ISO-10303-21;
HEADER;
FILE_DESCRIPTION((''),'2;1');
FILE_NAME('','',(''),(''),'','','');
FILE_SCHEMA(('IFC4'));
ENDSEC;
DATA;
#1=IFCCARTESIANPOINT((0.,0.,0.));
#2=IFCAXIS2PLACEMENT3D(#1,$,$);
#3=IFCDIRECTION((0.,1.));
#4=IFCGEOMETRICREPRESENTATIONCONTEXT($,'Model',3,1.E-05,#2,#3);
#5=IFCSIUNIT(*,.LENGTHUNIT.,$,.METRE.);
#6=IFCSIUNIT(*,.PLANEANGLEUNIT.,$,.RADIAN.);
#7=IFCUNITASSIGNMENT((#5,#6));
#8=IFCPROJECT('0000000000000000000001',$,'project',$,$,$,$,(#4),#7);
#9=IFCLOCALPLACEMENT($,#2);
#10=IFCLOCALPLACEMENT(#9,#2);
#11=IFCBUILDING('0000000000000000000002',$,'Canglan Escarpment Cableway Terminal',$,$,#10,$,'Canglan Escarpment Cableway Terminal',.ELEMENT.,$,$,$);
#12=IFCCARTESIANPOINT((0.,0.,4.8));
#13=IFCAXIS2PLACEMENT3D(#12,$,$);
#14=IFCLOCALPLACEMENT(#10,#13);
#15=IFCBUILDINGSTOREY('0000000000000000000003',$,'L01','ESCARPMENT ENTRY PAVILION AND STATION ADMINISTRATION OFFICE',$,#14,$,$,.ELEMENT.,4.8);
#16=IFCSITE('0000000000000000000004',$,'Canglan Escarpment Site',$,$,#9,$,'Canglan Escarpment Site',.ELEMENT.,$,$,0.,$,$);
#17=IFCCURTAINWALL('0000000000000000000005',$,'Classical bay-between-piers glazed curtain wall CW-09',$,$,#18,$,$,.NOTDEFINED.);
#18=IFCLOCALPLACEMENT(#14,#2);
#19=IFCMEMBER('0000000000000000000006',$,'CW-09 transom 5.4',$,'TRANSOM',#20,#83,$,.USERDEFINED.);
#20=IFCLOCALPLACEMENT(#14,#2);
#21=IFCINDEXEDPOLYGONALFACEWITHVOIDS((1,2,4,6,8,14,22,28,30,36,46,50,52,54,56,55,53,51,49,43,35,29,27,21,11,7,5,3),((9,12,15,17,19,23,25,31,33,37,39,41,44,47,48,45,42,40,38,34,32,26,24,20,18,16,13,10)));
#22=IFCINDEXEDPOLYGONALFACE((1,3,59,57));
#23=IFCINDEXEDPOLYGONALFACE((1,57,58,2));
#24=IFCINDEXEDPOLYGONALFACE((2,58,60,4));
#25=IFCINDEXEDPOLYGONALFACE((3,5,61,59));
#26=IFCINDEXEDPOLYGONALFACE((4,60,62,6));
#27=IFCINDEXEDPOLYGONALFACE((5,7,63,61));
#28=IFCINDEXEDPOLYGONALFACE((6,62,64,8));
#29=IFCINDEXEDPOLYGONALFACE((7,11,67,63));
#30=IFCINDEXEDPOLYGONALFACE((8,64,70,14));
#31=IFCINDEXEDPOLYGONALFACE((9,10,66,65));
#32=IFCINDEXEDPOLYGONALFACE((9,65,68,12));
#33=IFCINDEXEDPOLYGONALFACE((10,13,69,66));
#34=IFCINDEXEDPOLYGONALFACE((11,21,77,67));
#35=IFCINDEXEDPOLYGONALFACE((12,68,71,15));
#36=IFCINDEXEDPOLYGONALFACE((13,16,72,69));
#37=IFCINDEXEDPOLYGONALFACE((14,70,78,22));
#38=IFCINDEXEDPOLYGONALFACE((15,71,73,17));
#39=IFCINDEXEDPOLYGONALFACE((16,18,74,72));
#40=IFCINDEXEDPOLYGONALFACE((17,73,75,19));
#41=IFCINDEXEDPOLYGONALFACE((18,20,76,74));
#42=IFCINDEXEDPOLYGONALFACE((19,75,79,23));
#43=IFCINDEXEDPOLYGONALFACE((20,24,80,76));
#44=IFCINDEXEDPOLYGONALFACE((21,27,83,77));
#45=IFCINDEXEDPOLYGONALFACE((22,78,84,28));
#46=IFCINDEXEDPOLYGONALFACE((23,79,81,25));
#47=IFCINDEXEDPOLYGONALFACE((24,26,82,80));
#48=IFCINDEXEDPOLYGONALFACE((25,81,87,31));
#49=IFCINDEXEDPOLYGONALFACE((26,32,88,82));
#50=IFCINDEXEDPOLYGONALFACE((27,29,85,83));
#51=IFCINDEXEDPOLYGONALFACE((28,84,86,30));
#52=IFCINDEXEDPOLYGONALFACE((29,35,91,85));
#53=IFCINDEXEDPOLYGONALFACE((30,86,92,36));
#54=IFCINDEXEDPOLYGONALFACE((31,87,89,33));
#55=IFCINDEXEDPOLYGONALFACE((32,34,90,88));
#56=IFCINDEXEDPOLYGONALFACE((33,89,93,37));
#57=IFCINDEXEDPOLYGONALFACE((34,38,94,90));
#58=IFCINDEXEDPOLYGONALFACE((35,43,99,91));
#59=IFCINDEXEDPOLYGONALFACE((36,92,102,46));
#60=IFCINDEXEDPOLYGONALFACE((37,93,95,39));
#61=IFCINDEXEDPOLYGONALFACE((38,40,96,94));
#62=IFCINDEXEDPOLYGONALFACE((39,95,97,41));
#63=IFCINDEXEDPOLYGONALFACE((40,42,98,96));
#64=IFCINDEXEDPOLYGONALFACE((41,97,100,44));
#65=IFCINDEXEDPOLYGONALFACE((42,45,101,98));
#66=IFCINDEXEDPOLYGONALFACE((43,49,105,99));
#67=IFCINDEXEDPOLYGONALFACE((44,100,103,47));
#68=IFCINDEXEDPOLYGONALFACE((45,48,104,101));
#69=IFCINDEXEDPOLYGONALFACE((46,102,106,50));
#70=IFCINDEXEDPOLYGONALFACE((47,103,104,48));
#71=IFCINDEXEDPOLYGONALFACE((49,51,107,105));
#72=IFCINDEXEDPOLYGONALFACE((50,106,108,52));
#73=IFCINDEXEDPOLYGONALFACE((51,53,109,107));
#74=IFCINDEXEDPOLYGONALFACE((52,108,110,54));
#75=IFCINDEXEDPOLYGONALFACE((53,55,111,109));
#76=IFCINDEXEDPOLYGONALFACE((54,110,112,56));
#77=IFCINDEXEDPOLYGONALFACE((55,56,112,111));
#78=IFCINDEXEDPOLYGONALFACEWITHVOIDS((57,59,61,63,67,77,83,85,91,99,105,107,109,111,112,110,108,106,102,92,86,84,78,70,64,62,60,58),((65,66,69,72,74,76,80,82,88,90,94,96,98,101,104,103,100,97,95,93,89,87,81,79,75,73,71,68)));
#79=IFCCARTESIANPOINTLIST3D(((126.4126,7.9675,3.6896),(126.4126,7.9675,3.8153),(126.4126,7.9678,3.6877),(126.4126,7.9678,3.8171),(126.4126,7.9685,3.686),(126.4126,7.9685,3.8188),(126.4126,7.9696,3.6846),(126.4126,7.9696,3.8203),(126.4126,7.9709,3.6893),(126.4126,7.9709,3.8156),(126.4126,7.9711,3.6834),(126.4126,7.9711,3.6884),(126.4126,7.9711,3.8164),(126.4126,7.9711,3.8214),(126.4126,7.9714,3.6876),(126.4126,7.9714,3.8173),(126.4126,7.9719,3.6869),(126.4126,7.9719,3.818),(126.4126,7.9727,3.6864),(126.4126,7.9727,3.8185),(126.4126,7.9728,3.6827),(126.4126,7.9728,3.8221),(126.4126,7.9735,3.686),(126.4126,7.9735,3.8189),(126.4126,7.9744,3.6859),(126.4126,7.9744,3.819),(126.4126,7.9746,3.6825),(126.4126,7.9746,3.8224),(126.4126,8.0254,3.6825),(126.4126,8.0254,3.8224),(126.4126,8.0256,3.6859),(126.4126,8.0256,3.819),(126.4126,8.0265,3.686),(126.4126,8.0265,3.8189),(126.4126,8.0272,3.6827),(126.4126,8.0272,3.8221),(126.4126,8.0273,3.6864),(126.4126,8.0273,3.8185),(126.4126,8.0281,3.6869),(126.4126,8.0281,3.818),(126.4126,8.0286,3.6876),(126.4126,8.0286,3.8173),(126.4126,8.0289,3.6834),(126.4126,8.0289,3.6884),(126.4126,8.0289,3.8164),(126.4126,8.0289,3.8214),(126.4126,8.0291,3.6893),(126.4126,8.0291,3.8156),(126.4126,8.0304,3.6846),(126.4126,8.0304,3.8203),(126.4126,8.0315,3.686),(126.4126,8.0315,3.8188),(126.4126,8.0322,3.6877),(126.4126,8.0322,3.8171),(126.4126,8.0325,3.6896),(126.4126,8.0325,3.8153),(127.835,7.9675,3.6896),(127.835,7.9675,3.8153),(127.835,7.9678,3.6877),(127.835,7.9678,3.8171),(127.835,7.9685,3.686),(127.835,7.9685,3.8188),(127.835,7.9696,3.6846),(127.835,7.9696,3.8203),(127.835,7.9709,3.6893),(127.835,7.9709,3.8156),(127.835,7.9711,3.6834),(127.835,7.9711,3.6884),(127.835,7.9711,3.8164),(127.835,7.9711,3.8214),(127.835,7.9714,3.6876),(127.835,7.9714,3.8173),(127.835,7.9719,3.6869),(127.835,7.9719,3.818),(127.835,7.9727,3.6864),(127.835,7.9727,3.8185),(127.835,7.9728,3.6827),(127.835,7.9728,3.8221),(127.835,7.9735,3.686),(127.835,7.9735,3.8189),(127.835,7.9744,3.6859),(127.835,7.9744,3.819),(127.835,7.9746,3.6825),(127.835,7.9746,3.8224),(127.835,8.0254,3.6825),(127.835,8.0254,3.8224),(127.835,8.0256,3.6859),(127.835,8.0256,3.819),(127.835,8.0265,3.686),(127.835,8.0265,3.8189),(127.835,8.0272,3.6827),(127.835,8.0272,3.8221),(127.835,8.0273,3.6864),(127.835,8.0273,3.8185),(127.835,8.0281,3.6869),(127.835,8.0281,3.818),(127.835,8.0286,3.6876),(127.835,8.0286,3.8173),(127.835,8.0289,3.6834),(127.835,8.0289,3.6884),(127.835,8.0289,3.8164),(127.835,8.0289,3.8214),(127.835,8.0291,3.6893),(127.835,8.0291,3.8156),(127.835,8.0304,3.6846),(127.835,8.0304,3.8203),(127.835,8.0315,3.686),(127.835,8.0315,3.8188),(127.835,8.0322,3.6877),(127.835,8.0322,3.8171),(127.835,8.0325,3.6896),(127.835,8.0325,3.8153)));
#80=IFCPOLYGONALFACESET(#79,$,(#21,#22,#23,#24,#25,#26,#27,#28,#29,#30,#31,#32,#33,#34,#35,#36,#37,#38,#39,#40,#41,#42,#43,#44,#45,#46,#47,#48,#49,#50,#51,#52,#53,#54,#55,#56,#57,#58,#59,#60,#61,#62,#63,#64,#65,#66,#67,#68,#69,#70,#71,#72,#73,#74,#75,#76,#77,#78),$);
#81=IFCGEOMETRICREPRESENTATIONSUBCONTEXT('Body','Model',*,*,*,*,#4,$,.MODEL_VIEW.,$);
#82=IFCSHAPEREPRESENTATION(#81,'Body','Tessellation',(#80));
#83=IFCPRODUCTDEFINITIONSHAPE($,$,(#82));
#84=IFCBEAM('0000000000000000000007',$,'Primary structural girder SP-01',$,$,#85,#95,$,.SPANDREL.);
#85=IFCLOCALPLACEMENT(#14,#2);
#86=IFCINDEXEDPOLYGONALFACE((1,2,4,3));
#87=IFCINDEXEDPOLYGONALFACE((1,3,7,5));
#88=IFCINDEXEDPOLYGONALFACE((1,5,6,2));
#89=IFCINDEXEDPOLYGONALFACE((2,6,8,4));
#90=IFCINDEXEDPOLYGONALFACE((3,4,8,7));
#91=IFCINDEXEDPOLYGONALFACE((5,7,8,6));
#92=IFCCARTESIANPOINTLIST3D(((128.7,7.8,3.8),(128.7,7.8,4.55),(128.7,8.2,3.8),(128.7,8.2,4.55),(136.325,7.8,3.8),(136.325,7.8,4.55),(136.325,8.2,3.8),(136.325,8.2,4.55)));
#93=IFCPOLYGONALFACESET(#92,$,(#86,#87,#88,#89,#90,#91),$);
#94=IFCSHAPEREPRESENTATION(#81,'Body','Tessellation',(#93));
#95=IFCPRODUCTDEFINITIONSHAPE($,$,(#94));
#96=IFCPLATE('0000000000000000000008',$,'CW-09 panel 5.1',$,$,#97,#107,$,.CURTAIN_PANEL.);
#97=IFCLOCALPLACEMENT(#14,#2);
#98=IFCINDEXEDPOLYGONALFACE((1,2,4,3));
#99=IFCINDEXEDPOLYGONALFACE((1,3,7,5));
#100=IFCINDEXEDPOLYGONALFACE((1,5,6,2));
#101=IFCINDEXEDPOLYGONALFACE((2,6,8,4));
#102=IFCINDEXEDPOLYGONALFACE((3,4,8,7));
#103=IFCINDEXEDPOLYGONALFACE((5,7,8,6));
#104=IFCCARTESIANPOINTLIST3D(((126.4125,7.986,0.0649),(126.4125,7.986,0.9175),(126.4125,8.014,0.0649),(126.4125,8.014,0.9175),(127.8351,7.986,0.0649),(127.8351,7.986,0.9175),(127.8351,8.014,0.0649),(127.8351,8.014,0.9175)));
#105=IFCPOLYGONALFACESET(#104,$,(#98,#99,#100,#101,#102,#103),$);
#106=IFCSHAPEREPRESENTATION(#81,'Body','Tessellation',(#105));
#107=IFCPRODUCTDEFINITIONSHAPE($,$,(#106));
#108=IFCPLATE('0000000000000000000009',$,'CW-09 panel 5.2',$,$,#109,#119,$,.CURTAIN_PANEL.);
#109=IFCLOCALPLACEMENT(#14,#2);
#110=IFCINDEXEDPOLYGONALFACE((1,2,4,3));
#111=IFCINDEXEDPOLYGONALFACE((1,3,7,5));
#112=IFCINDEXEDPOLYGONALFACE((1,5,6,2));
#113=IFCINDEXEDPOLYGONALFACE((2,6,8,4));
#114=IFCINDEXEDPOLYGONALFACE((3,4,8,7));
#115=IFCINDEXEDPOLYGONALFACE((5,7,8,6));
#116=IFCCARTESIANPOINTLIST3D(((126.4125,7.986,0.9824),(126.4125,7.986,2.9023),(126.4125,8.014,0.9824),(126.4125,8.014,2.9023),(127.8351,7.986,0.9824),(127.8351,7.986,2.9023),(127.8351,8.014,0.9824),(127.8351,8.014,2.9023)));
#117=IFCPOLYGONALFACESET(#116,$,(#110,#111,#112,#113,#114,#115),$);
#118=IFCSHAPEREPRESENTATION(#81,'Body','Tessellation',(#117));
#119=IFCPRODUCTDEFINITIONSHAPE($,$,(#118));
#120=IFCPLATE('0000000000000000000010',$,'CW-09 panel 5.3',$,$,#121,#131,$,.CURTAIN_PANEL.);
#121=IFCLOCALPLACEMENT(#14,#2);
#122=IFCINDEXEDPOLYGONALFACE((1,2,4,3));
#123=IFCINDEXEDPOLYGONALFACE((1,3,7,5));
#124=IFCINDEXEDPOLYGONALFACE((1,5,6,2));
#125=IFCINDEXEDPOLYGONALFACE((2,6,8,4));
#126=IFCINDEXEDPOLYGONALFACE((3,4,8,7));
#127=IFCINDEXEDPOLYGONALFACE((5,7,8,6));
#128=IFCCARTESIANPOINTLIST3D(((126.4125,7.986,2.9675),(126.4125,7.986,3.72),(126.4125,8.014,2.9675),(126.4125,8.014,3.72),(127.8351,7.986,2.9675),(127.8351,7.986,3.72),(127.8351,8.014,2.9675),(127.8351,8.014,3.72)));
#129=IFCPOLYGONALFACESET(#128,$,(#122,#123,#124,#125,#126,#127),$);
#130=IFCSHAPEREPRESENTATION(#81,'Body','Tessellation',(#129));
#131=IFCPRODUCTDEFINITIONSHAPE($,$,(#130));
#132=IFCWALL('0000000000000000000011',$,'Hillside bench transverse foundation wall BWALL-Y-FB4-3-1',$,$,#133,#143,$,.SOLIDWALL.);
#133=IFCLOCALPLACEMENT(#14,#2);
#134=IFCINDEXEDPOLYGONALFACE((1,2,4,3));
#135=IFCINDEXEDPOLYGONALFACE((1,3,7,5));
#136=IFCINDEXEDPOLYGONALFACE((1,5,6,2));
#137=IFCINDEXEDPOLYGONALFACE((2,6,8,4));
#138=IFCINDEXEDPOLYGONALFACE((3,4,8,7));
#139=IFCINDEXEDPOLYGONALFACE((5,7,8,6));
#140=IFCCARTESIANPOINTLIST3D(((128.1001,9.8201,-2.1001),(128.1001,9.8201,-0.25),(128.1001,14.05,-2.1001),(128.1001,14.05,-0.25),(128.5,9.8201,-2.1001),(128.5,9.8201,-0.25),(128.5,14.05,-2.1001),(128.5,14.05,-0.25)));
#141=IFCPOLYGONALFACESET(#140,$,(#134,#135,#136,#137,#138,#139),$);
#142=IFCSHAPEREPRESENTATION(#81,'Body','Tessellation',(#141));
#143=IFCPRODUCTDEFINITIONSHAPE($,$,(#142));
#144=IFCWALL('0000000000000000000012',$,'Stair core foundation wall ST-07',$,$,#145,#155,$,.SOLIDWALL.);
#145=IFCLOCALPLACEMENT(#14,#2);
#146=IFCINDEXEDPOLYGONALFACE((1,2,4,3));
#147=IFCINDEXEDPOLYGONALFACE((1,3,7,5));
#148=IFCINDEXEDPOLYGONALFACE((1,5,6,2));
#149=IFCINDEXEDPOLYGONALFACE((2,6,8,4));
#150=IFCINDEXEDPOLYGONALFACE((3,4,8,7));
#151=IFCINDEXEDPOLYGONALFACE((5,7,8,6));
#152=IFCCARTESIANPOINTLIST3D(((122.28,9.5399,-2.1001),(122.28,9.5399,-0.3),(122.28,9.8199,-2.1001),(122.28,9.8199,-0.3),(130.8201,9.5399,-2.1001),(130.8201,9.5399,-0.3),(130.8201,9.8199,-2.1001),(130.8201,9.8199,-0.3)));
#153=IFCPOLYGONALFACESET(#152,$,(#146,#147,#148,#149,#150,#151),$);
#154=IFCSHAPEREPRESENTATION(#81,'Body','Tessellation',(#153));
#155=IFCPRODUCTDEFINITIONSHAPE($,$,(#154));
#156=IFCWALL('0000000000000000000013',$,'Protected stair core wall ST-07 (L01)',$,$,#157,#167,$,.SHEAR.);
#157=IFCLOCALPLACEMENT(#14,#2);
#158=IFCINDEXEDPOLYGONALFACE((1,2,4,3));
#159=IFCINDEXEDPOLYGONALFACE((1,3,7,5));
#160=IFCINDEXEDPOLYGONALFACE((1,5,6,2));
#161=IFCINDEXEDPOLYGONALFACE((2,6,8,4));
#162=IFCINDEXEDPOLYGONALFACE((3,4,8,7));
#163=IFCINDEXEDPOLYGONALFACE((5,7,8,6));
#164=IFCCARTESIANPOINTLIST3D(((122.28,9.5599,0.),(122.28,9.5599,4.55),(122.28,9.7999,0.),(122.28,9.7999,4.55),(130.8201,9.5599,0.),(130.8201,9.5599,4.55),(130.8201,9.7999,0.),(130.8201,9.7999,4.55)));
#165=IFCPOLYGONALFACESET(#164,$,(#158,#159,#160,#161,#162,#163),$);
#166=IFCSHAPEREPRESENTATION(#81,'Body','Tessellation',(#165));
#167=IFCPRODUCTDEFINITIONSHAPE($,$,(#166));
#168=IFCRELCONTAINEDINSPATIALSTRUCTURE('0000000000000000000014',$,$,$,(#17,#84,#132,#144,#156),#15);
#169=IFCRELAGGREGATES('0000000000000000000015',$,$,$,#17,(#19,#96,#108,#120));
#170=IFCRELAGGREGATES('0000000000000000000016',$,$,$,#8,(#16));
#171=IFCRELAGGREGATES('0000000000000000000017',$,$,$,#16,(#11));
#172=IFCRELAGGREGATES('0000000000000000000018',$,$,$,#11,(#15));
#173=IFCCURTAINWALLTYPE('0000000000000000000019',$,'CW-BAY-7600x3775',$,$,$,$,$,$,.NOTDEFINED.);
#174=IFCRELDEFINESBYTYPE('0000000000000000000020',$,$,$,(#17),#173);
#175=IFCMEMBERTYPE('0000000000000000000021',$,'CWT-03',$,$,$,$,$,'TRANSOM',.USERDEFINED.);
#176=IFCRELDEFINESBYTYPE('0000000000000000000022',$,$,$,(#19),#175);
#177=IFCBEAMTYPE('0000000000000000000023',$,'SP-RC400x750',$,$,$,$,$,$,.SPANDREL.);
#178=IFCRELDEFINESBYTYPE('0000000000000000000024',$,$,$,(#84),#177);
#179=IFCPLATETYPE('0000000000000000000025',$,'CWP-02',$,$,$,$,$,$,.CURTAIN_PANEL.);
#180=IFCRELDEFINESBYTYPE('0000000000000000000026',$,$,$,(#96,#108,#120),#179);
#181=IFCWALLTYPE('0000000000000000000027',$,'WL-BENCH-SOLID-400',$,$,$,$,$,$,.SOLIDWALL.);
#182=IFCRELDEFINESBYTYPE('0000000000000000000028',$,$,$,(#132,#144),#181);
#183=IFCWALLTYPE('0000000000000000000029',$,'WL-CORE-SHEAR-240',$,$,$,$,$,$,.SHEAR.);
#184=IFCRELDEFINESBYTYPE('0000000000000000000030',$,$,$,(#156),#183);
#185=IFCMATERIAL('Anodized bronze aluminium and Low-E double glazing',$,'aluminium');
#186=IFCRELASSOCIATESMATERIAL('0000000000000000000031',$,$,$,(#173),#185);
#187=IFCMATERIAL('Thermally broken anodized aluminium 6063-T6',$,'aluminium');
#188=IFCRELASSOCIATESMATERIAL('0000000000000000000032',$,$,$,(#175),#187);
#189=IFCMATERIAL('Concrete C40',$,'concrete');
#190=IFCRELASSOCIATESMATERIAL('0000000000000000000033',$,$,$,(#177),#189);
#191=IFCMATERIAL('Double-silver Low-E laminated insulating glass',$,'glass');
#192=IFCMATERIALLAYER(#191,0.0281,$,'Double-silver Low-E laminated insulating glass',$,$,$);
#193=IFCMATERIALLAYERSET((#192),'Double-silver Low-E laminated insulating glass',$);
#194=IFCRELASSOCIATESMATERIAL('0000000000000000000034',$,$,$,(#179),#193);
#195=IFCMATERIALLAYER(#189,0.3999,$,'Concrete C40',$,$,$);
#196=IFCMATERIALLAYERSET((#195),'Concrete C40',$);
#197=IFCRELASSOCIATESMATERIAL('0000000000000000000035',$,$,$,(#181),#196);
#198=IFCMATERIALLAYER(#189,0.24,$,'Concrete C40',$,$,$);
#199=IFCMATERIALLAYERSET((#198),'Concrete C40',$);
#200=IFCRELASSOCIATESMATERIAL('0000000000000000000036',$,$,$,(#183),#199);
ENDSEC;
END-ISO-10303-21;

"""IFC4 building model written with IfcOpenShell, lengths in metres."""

from ifc_helpers import new_model, si_unit, direction, frame, frame_2d, origin, origin_2d, place, context, subcontext, project, spatial, rectangle, hollow_rectangle, extrude, material, layer, layer_set, material_profile, profile_set, type_object, element, aggregate, save


model = new_model("IFC4")

# Units and contexts
model_context = context("Model", 3, precision=1e-05, world=origin(), true_north=direction((0.0, 1.0)))
body_context = subcontext(model_context, "Body", "Model", "MODEL_VIEW")
ifc_project = project(units=[si_unit("LENGTHUNIT", "METRE"), si_unit("PLANEANGLEUNIT", "RADIAN")], contexts=[model_context])

# Site, building, storey
site_placement = place(None, origin())
site = spatial("IfcSite", under=ifc_project, at=site_placement, Name="Canglan Escarpment Site", LongName="Canglan Escarpment Site", CompositionType="ELEMENT", RefElevation=0.0)
building_placement = place(site_placement, origin())
building = spatial("IfcBuilding", under=site, at=building_placement, Name="Canglan Escarpment Cableway Terminal", LongName="Canglan Escarpment Cableway Terminal", CompositionType="ELEMENT")
storey_placement = place(building_placement, frame((0.0, 0.0, 4.8)))
storey = spatial("IfcBuildingStorey", under=building, at=storey_placement, Name="L01", Description="ESCARPMENT ENTRY PAVILION AND STATION ADMINISTRATION OFFICE", CompositionType="ELEMENT", Elevation=4.8)

# Shared definitions
ifc_material_1 = material(Name="Concrete C40", Category="concrete")

# Curtain wall, member
ifc_material_2 = material(Name="Anodized bronze aluminium and Low-E double glazing", Category="aluminium")
curtain_wall_type = type_object("IfcCurtainWallType", Name="CW-BAY-7600x3775", PredefinedType="NOTDEFINED", material=ifc_material_2)
curtain_wall_placement = place(storey_placement, origin())
curtain_wall = element("IfcCurtainWall", 1, at=curtain_wall_placement, inside=storey, type_object=curtain_wall_type, Name="Classical bay-between-piers glazed curtain wall CW-09", PredefinedType="NOTDEFINED")
ifc_material_3 = material(Name="Thermally broken anodized aluminium 6063-T6", Category="aluminium")
ifc_material_profile_1 = material_profile(ifc_material_3, hollow_rectangle(XDim=0.0649, YDim=0.1399, WallThickness=0.0034, InnerFilletRadius=0.0034, OuterFilletRadius=0.0071, at=origin_2d()), Name="ALU-TRAN 65x140x3.5")
ifc_profile_set_1 = profile_set([ifc_material_profile_1], Name="Thermally broken anodized aluminium 6063-T6")
member_type_1 = type_object("IfcMemberType", Name="CWT-03", ElementType="TRANSOM", PredefinedType="USERDEFINED", material=ifc_profile_set_1)
member_1_placement = place(storey_placement, frame((126.4126, 8.0, 3.7524), z_axis=(1.0, 0.0, 0.0), x_axis=(0.0, 1.0, 0.0)))
member_1 = element("IfcMember", 2, at=member_1_placement, type_object=member_type_1, Name="CW-09 transom 5.4", ObjectType="TRANSOM", PredefinedType="USERDEFINED", context=body_context, shape_type="SweptSolid", body=[
    extrude(hollow_rectangle(XDim=0.0649, YDim=0.1399, WallThickness=0.0034, InnerFilletRadius=0.0034, OuterFilletRadius=0.0071, at=origin_2d()), origin(), (0.0, 0.0, 1.0), 1.4224),
])

# Beam
ifc_material_profile_2 = material_profile(ifc_material_1, rectangle(XDim=0.3999, YDim=0.75, at=origin_2d()), Name="RC 400x750")
ifc_profile_set_2 = profile_set([ifc_material_profile_2], Name="Concrete C40")
beam_type = type_object("IfcBeamType", Name="SP-RC400x750", PredefinedType="SPANDREL", material=ifc_profile_set_2)
beam_placement = place(storey_placement, frame((128.7, 8.0, 4.175), z_axis=(1.0, 0.0, 0.0), x_axis=(0.0, 1.0, 0.0)))
element("IfcBeam", 3, at=beam_placement, inside=storey, type_object=beam_type, Name="Primary structural girder SP-01", PredefinedType="SPANDREL", context=body_context, shape_type="SweptSolid", body=[
    extrude(rectangle(XDim=0.3999, YDim=0.75, at=origin_2d()), origin(), (0.0, 0.0, 1.0), 7.625),
])

# Plates
ifc_material_4 = material(Name="Double-silver Low-E laminated insulating glass", Category="glass")
ifc_layer_1 = layer(ifc_material_4, 0.0281, Name="Double-silver Low-E laminated insulating glass")
ifc_layer_set_1 = layer_set([ifc_layer_1], Name="Double-silver Low-E laminated insulating glass")
plate_type = type_object("IfcPlateType", Name="CWP-02", PredefinedType="CURTAIN_PANEL", material=ifc_layer_set_1)
plate_1_placement = place(storey_placement, frame((127.1238, 8.0, 0.0649), z_axis=(0.0, 0.0, 1.0), x_axis=(1.0, 0.0, 0.0)))
plate_1 = element("IfcPlate", 4, at=plate_1_placement, type_object=plate_type, Name="CW-09 panel 5.1", PredefinedType="CURTAIN_PANEL", context=body_context, shape_type="SweptSolid", body=[
    extrude(rectangle(XDim=1.4226, YDim=0.0281, at=origin_2d()), origin(), (0.0, 0.0, 1.0), 0.8525),
])
plate_2_placement = place(storey_placement, frame((127.1238, 8.0, 0.9824), z_axis=(0.0, 0.0, 1.0), x_axis=(1.0, 0.0, 0.0)))
plate_2 = element("IfcPlate", 5, at=plate_2_placement, type_object=plate_type, Name="CW-09 panel 5.2", PredefinedType="CURTAIN_PANEL", context=body_context, shape_type="SweptSolid", body=[
    extrude(rectangle(XDim=1.4226, YDim=0.0281, at=origin_2d()), origin(), (0.0, 0.0, 1.0), 1.9199),
])
plate_3_placement = place(storey_placement, frame((127.1238, 8.0, 2.9675), z_axis=(0.0, 0.0, 1.0), x_axis=(1.0, 0.0, 0.0)))
plate_3 = element("IfcPlate", 6, at=plate_3_placement, type_object=plate_type, Name="CW-09 panel 5.3", PredefinedType="CURTAIN_PANEL", context=body_context, shape_type="SweptSolid", body=[
    extrude(rectangle(XDim=1.4226, YDim=0.0281, at=origin_2d()), origin(), (0.0, 0.0, 1.0), 0.7524),
])
aggregate(curtain_wall, [member_1, plate_1, plate_2, plate_3])

# Walls
ifc_layer_2 = layer(ifc_material_1, 0.3999, Name="Concrete C40")
ifc_layer_set_2 = layer_set([ifc_layer_2], Name="Concrete C40")
wall_type_1 = type_object("IfcWallType", Name="WL-BENCH-SOLID-400", PredefinedType="SOLIDWALL", material=ifc_layer_set_2)
wall_1_placement = place(storey_placement, frame((128.3, 9.8201, -2.1001), z_axis=(0.0, 0.0, 1.0), x_axis=(0.0, 1.0, 0.0)))
element("IfcWall", 7, at=wall_1_placement, inside=storey, type_object=wall_type_1, Name="Hillside bench transverse foundation wall BWALL-Y-FB4-3-1", PredefinedType="SOLIDWALL", context=body_context, shape_type="SweptSolid", body=[
    extrude(rectangle(XDim=4.23, YDim=0.3999, at=frame_2d((2.115, 0.0))), origin(), (0.0, 0.0, 1.0), 1.8501),
])
wall_2_placement = place(storey_placement, frame((122.28, 9.6799, -2.1001), z_axis=(0.0, 0.0, 1.0), x_axis=(1.0, 0.0, 0.0)))
element("IfcWall", 8, at=wall_2_placement, inside=storey, type_object=wall_type_1, Name="Stair core foundation wall ST-07", PredefinedType="SOLIDWALL", context=body_context, shape_type="SweptSolid", body=[
    extrude(rectangle(XDim=8.54, YDim=0.28, at=frame_2d((4.27, 0.0))), origin(), (0.0, 0.0, 1.0), 1.8),
])
ifc_layer_3 = layer(ifc_material_1, 0.24, Name="Concrete C40")
ifc_layer_set_3 = layer_set([ifc_layer_3], Name="Concrete C40")
wall_type_2 = type_object("IfcWallType", Name="WL-CORE-SHEAR-240", PredefinedType="SHEAR", material=ifc_layer_set_3)
wall_3_placement = place(storey_placement, frame((122.28, 9.6799, 0.0), z_axis=(0.0, 0.0, 1.0), x_axis=(1.0, 0.0, 0.0)))
element("IfcWall", 9, at=wall_3_placement, inside=storey, type_object=wall_type_2, Name="Protected stair core wall ST-07 (L01)", PredefinedType="SHEAR", context=body_context, shape_type="SweptSolid", body=[
    extrude(rectangle(XDim=8.54, YDim=0.24, at=frame_2d((4.27, 0.0))), origin(), (0.0, 0.0, 1.0), 4.55),
])

save(model, "model.ifc")
